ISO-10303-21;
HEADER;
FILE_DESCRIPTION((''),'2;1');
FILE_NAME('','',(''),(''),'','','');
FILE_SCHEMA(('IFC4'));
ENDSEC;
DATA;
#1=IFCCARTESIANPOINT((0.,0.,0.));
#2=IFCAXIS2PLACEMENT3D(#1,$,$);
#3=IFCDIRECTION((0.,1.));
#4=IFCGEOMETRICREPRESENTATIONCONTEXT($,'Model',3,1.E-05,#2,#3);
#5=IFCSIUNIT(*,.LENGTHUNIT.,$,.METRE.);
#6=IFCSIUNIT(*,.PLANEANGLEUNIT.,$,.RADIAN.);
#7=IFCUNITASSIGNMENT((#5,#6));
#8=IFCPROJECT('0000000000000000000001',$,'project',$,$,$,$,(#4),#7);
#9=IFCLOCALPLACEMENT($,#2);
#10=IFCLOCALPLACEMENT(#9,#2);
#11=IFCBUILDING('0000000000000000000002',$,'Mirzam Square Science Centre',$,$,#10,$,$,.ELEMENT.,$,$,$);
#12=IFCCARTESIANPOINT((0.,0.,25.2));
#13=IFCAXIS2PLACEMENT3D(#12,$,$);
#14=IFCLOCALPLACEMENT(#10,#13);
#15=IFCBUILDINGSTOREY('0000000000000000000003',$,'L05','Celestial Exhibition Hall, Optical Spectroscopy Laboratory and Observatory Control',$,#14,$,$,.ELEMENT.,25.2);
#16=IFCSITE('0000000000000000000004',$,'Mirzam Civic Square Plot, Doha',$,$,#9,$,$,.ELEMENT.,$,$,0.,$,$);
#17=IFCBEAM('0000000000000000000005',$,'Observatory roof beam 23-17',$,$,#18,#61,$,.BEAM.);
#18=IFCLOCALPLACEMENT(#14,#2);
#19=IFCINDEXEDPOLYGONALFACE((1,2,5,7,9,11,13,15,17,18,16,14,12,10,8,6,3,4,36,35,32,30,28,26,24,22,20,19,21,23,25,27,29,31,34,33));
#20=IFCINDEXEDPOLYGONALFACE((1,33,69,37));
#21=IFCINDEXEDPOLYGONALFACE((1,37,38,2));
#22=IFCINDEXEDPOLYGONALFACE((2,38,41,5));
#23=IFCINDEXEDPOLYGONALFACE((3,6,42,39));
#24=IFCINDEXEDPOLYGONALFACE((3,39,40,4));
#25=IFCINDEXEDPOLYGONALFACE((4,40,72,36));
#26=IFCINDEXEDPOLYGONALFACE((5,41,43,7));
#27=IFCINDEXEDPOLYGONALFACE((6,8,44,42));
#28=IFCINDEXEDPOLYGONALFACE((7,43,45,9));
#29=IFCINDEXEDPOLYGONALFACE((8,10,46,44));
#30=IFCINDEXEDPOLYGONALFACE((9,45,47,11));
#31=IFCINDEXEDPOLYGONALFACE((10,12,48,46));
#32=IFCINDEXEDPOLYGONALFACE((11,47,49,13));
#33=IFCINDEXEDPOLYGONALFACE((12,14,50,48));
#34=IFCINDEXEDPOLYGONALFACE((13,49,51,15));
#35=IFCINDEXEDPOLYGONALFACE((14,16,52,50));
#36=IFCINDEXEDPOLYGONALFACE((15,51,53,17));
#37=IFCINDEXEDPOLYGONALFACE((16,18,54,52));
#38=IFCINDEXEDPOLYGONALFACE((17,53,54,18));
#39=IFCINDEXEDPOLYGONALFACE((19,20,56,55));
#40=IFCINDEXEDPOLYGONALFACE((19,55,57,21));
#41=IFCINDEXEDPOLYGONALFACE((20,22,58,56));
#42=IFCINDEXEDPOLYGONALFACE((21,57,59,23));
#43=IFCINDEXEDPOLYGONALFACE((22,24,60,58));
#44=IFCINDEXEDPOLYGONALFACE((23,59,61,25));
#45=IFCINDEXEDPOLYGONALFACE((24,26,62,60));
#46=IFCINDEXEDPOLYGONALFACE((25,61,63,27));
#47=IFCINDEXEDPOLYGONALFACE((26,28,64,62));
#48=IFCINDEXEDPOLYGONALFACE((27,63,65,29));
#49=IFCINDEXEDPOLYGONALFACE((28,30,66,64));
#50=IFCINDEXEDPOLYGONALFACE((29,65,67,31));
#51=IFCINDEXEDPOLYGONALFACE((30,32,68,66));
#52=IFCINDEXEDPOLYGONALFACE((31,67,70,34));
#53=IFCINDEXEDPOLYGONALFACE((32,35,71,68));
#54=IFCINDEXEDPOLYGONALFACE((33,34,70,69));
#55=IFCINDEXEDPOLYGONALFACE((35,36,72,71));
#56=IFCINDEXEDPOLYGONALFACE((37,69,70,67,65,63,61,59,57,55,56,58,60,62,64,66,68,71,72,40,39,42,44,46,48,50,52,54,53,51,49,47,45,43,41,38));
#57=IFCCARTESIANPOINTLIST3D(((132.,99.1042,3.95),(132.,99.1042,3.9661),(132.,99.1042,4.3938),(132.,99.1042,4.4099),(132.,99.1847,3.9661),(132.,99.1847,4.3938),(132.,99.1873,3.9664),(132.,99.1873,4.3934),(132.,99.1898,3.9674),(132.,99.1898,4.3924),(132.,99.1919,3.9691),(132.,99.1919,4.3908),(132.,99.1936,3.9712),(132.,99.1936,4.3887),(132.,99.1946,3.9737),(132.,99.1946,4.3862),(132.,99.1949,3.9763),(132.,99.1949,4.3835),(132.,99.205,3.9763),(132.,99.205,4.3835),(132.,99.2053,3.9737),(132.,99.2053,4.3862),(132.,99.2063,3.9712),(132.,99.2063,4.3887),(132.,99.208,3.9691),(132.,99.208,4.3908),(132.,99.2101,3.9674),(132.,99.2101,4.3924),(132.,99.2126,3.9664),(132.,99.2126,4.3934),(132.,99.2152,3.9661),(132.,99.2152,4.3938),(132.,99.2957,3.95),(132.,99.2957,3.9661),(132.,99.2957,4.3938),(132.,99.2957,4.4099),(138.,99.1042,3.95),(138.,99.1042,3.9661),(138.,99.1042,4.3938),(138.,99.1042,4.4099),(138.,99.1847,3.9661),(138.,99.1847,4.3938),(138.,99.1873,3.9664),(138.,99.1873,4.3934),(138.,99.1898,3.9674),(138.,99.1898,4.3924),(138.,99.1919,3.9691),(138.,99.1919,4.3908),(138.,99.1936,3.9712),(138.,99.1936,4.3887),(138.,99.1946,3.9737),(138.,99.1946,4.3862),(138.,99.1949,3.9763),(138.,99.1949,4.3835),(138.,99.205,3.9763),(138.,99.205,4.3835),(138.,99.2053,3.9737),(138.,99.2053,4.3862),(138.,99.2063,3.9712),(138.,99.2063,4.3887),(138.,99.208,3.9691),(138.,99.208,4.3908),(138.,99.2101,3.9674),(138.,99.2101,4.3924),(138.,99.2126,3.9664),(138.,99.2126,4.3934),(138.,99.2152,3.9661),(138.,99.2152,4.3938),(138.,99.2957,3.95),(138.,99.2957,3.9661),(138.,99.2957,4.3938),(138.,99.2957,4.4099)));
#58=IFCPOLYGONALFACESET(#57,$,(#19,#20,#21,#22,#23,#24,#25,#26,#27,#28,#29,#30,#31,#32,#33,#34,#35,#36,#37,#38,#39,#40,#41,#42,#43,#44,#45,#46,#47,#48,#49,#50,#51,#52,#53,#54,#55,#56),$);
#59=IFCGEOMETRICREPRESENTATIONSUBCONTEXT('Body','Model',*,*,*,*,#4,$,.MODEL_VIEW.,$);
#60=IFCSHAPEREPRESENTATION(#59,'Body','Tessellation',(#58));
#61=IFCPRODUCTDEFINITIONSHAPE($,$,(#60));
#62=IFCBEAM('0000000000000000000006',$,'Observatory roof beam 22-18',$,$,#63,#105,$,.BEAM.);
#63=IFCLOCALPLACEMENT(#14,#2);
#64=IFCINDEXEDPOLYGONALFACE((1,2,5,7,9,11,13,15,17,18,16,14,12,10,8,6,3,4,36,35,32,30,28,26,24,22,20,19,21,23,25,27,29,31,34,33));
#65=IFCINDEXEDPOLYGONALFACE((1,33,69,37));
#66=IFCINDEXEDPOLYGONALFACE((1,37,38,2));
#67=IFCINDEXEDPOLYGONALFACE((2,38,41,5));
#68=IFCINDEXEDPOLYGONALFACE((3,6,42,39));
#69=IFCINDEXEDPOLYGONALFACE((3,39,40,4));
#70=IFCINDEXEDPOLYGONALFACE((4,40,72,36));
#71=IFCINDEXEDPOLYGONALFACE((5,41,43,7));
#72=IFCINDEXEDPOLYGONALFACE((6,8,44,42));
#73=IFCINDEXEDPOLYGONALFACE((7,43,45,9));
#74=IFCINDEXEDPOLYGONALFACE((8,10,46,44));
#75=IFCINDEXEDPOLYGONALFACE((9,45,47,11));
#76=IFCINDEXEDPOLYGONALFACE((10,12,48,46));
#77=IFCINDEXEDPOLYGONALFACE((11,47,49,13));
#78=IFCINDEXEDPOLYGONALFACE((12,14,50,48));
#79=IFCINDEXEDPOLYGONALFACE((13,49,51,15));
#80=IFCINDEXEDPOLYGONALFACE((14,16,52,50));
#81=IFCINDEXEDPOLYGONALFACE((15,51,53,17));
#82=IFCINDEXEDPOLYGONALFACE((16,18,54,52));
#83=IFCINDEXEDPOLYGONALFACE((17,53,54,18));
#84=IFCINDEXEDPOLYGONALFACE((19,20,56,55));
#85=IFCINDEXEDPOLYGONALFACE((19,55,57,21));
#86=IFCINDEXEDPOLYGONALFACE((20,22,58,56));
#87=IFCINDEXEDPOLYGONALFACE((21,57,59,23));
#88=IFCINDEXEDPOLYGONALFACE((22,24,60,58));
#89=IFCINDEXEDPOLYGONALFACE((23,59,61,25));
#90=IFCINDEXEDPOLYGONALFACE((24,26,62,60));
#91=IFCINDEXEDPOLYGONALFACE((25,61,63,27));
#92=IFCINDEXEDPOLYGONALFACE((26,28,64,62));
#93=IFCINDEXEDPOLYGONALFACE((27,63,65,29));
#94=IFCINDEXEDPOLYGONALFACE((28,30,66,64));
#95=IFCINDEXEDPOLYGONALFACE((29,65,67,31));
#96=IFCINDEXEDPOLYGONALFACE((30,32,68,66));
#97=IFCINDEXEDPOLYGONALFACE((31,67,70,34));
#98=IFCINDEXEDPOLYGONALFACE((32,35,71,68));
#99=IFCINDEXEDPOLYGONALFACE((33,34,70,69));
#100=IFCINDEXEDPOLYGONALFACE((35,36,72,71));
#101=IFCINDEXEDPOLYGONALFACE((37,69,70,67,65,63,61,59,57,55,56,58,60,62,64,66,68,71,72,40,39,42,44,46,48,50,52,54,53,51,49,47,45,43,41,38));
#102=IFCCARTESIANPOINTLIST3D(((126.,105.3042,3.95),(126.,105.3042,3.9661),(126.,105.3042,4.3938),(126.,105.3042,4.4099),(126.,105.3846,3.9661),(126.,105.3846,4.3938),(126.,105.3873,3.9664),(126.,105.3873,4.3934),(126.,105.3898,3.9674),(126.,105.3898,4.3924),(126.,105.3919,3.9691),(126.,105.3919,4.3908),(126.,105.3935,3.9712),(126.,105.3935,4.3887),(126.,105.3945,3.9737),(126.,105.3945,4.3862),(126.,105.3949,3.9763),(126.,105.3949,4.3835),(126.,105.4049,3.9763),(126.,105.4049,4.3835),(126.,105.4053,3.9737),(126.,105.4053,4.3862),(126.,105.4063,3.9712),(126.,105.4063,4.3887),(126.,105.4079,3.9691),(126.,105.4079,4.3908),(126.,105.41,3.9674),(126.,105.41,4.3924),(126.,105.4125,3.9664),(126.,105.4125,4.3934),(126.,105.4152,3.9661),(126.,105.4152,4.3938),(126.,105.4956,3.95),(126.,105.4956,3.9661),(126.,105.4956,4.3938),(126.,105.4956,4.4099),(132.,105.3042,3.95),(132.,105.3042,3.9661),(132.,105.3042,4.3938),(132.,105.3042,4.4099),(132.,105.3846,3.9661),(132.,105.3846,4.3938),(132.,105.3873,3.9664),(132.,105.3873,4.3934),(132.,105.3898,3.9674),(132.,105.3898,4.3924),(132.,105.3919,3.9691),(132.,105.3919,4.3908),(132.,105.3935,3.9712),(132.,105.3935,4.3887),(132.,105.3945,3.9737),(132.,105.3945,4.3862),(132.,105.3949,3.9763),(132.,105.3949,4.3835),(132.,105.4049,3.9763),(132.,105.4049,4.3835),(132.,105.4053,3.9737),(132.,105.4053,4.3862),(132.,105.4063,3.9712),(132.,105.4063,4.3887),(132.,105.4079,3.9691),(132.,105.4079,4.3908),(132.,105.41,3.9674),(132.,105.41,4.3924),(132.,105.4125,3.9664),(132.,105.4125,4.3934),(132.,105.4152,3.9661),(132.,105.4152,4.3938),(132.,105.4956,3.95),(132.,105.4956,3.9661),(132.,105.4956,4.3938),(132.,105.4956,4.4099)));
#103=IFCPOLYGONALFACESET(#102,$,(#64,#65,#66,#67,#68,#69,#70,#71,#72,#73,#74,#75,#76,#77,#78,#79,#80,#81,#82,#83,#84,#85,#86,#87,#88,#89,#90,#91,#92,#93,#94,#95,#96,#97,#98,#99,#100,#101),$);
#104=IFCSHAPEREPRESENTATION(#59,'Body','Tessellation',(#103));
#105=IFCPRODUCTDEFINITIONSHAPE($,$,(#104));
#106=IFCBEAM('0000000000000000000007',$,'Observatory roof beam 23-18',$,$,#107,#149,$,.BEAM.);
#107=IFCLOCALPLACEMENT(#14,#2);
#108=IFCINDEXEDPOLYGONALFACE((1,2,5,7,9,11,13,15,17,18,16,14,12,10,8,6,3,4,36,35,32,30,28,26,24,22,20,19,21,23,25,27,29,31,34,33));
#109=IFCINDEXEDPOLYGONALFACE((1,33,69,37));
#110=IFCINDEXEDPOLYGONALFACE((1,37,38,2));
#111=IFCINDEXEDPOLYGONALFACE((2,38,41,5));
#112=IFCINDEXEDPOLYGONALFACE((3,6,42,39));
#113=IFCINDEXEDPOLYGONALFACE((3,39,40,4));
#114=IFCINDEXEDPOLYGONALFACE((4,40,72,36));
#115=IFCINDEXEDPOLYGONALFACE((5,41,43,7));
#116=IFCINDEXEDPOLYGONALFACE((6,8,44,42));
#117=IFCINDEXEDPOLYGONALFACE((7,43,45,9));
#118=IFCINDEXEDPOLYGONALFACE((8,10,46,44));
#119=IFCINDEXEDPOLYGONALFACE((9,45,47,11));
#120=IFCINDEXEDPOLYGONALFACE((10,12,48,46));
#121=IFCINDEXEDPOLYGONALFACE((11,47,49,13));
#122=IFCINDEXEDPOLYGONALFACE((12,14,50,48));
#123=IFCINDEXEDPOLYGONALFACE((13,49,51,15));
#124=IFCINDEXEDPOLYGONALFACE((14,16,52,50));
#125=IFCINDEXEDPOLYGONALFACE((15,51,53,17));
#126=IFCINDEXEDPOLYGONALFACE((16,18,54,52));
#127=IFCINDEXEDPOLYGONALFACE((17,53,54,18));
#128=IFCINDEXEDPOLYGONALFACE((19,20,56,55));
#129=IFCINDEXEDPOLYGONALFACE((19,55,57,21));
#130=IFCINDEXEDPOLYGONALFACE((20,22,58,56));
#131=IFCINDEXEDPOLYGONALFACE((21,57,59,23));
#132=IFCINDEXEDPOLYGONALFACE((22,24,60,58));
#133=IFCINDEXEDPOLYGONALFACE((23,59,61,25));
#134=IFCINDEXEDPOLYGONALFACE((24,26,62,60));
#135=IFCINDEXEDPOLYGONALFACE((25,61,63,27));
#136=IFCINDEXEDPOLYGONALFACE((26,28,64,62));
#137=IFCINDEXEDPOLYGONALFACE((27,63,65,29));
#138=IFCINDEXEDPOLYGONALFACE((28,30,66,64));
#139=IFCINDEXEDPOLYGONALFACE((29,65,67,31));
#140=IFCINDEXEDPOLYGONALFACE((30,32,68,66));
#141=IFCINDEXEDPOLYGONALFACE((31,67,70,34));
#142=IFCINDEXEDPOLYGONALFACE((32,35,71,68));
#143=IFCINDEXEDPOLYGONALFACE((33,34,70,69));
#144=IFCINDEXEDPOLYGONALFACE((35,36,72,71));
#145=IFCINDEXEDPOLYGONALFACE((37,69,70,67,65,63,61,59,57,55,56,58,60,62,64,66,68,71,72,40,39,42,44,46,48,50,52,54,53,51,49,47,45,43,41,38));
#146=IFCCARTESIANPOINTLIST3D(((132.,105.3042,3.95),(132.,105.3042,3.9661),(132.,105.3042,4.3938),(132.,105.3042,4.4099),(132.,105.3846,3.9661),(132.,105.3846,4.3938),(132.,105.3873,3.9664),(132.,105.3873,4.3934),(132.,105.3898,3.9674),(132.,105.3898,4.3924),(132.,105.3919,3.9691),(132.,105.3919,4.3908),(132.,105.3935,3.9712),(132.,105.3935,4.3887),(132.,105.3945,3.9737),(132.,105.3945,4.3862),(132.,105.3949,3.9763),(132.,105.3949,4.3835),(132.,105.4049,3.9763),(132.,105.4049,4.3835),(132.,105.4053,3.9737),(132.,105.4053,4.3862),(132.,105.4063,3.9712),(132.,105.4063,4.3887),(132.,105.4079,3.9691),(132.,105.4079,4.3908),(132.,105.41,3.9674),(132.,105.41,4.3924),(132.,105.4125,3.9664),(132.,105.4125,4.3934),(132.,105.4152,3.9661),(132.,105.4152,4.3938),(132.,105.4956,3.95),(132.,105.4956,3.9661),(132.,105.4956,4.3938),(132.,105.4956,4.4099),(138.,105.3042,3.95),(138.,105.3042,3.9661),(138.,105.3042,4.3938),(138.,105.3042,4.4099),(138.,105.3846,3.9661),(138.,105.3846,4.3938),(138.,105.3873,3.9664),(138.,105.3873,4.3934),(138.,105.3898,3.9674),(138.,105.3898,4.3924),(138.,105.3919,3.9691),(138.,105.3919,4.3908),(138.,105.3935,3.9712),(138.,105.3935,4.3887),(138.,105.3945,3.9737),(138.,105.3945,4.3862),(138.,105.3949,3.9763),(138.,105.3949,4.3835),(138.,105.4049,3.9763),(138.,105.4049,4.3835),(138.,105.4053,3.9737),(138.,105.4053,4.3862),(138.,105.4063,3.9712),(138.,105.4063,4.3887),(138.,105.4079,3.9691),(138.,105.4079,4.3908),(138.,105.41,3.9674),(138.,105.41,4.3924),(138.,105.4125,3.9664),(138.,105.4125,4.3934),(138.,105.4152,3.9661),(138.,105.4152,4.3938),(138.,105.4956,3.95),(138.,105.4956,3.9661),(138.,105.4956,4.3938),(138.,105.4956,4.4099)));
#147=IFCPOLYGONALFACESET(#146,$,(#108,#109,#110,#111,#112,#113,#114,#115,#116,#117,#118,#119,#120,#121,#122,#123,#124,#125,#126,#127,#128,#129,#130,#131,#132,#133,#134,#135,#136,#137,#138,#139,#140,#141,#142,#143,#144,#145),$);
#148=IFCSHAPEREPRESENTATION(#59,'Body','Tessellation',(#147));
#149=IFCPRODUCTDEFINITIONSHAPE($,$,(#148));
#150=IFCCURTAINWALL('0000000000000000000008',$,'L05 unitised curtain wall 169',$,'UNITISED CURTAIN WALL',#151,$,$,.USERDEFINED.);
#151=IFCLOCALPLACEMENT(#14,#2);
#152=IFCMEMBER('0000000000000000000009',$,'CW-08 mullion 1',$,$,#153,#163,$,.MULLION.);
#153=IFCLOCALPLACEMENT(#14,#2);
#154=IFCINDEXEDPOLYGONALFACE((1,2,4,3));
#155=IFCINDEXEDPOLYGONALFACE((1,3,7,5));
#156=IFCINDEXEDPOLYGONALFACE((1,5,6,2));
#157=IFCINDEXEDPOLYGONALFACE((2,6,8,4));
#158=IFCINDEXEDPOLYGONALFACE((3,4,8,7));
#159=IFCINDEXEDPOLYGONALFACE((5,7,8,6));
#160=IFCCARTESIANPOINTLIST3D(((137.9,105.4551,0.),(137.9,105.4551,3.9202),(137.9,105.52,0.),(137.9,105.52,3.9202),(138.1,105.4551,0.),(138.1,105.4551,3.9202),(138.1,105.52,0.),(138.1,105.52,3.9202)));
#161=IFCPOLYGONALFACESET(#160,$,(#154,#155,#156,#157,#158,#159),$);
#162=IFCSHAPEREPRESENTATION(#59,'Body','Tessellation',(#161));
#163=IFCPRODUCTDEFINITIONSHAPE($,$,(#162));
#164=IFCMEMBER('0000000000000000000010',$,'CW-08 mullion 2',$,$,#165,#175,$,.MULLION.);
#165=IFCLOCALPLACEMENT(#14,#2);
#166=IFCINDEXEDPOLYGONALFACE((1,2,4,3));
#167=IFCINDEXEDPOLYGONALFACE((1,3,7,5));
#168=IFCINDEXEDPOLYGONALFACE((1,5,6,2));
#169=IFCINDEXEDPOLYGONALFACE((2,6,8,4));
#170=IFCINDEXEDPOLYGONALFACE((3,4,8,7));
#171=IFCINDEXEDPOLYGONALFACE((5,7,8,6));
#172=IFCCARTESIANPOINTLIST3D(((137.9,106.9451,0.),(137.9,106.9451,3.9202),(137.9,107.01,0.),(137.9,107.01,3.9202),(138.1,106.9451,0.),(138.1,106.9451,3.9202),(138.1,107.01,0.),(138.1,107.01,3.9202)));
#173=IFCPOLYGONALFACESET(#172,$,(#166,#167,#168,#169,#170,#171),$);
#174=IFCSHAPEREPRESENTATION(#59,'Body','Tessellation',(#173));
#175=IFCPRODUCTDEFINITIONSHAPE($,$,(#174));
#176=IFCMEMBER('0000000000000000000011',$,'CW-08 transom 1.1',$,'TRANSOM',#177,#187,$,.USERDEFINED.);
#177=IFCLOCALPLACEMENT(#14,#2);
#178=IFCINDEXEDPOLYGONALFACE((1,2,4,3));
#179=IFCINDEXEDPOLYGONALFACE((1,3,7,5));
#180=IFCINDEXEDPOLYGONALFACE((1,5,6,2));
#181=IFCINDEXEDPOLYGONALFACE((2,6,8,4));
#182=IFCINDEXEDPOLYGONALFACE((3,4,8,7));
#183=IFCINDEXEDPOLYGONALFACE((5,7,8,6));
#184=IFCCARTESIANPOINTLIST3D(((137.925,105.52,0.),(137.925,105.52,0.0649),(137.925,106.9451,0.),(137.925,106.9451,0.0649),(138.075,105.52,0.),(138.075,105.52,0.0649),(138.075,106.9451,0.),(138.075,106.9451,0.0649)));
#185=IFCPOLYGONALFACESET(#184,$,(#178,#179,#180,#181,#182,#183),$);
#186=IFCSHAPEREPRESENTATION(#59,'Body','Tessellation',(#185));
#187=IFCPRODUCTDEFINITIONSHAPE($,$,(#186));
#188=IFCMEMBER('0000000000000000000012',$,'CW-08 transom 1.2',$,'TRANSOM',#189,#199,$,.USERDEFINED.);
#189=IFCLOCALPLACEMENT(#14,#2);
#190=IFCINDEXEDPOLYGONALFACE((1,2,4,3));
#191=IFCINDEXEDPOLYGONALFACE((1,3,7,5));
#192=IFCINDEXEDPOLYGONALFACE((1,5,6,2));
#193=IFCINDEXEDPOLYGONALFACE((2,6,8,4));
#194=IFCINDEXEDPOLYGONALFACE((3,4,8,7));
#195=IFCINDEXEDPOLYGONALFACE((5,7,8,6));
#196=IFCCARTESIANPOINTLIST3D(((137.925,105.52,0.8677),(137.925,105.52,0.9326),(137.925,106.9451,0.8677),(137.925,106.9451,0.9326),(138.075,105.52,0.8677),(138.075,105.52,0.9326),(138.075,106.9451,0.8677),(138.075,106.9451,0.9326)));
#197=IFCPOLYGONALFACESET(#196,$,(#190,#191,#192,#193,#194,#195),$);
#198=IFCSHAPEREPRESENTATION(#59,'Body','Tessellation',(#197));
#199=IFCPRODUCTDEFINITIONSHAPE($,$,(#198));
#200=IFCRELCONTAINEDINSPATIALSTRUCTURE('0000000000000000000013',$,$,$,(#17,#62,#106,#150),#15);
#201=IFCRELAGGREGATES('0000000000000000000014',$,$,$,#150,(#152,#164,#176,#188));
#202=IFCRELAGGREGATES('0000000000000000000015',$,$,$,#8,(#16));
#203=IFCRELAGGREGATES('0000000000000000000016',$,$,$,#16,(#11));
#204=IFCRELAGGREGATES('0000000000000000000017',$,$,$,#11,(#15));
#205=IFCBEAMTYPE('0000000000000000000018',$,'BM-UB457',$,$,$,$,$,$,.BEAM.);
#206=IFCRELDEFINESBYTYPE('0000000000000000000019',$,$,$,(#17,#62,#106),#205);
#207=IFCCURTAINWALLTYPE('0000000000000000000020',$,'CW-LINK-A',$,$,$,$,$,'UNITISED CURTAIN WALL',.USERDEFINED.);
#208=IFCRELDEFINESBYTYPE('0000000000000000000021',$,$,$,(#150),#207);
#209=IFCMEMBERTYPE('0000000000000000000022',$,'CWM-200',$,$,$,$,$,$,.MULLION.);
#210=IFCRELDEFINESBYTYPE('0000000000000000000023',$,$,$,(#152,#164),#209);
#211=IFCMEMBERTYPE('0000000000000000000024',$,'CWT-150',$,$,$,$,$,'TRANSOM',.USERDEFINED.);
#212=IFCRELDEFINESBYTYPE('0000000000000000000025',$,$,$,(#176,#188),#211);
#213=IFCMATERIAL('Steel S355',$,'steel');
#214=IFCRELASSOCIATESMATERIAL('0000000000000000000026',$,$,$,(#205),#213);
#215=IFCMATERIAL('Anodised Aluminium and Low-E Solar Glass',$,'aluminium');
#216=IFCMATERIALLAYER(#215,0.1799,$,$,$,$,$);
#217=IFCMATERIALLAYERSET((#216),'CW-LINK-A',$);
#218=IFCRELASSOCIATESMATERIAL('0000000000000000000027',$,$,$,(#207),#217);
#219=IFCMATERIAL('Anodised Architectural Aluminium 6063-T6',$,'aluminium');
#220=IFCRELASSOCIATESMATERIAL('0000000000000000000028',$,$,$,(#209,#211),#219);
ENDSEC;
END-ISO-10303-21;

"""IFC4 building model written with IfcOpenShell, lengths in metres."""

from ifc_helpers import new_model, si_unit, direction, frame, origin, origin_2d, place, context, subcontext, project, spatial, rectangle, i_section, extrude, material, layer, layer_set, material_profile, profile_set, type_object, element, aggregate, save


model = new_model("IFC4")

# Units and contexts
model_context = context("Model", 3, precision=1e-05, world=origin(), true_north=direction((0.0, 1.0)))
body_context = subcontext(model_context, "Body", "Model", "MODEL_VIEW")
ifc_project = project(units=[si_unit("LENGTHUNIT", "METRE"), si_unit("PLANEANGLEUNIT", "RADIAN")], contexts=[model_context])

# Site, building, storey
site_placement = place(None, origin())
site = spatial("IfcSite", under=ifc_project, at=site_placement, Name="Mirzam Civic Square Plot, Doha", CompositionType="ELEMENT", RefElevation=0.0)
building_placement = place(site_placement, origin())
building = spatial("IfcBuilding", under=site, at=building_placement, Name="Mirzam Square Science Centre", CompositionType="ELEMENT")
storey_placement = place(building_placement, frame((0.0, 0.0, 25.2)))
storey = spatial("IfcBuildingStorey", under=building, at=storey_placement, Name="L05", Description="Celestial Exhibition Hall, Optical Spectroscopy Laboratory and Observatory Control", CompositionType="ELEMENT", Elevation=25.2)

# Shared definitions
ifc_material_1 = material(Name="Steel S355", Category="steel")

# Beams
ifc_material_profile_1 = material_profile(ifc_material_1, i_section(OverallWidth=0.1914, OverallDepth=0.46, WebThickness=0.01, FlangeThickness=0.0161, FilletRadius=0.0103, at=origin_2d()), Name="457x191x82UB")
ifc_profile_set_1 = profile_set([ifc_material_profile_1], Name="Steel S355")
beam_type_1 = type_object("IfcBeamType", Name="BM-UB457", PredefinedType="BEAM", material=ifc_profile_set_1)
for number, where, z_axis, x_axis, name in (
    (1, (132.0, 99.2, 4.1799), (1.0, 0.0, 0.0), (0.0, 1.0, 0.0), "Observatory roof beam 23-17"),
    (2, (126.0, 105.3999, 4.1799), (1.0, 0.0, 0.0), (0.0, 1.0, 0.0), "Observatory roof beam 22-18"),
    (3, (132.0, 105.3999, 4.1799), (1.0, 0.0, 0.0), (0.0, 1.0, 0.0), "Observatory roof beam 23-18"),
):
    element("IfcBeam", number, at=place(storey_placement, frame(where, z_axis=z_axis, x_axis=x_axis)), inside=storey, type_object=beam_type_1, Name=name, PredefinedType="BEAM", context=body_context, shape_type="SweptSolid", body=[
        extrude(i_section(OverallWidth=0.1914, OverallDepth=0.46, WebThickness=0.01, FlangeThickness=0.0161, FilletRadius=0.0103, at=origin_2d()), origin(), (0.0, 0.0, 1.0), 6.0),
    ])

# Curtain wall, members
ifc_material_2 = material(Name="Anodised Aluminium and Low-E Solar Glass", Category="aluminium")
ifc_layer_1 = layer(ifc_material_2, 0.1799)
ifc_layer_set_1 = layer_set([ifc_layer_1], Name="CW-LINK-A")
curtain_wall_type = type_object("IfcCurtainWallType", Name="CW-LINK-A", ElementType="UNITISED CURTAIN WALL", PredefinedType="USERDEFINED", material=ifc_layer_set_1)
curtain_wall_placement = place(storey_placement, origin())
curtain_wall = element("IfcCurtainWall", 4, at=curtain_wall_placement, inside=storey, type_object=curtain_wall_type, Name="L05 unitised curtain wall 169", ObjectType="UNITISED CURTAIN WALL", PredefinedType="USERDEFINED")
ifc_material_3 = material(Name="Anodised Architectural Aluminium 6063-T6", Category="aluminium")
ifc_material_profile_2 = material_profile(ifc_material_3, rectangle(XDim=0.0649, YDim=0.2, at=origin_2d()), Name="ALU-MULL-200x65x5")
ifc_profile_set_2 = profile_set([ifc_material_profile_2], Name="Anodised Architectural Aluminium 6063-T6")
member_type_1 = type_object("IfcMemberType", Name="CWM-200", PredefinedType="MULLION", material=ifc_profile_set_2)
member_1_placement = place(storey_placement, frame((138.0, 105.4875, 0.0), z_axis=(0.0, 0.0, 1.0), x_axis=(0.0, 1.0, 0.0)))
member_1 = element("IfcMember", 5, at=member_1_placement, type_object=member_type_1, Name="CW-08 mullion 1", PredefinedType="MULLION", context=body_context, shape_type="SweptSolid", body=[
    extrude(rectangle(XDim=0.0649, YDim=0.2, at=origin_2d()), origin(), (0.0, 0.0, 1.0), 3.9202),
])
member_2_placement = place(storey_placement, frame((138.0, 106.9775, 0.0), z_axis=(0.0, 0.0, 1.0), x_axis=(0.0, 1.0, 0.0)))
member_2 = element("IfcMember", 6, at=member_2_placement, type_object=member_type_1, Name="CW-08 mullion 2", PredefinedType="MULLION", context=body_context, shape_type="SweptSolid", body=[
    extrude(rectangle(XDim=0.0649, YDim=0.2, at=origin_2d()), origin(), (0.0, 0.0, 1.0), 3.9202),
])
ifc_material_profile_3 = material_profile(ifc_material_3, rectangle(XDim=0.1499, YDim=0.0649, at=origin_2d()), Name="ALU-TRAN-150x65x4")
ifc_profile_set_3 = profile_set([ifc_material_profile_3], Name="Anodised Architectural Aluminium 6063-T6")
member_type_2 = type_object("IfcMemberType", Name="CWT-150", ElementType="TRANSOM", PredefinedType="USERDEFINED", material=ifc_profile_set_3)
member_3_placement = place(storey_placement, frame((138.0, 105.52, 0.0325), z_axis=(0.0, 1.0, 0.0), x_axis=(-1.0, 0.0, 0.0)))
member_3 = element("IfcMember", 7, at=member_3_placement, type_object=member_type_2, Name="CW-08 transom 1.1", ObjectType="TRANSOM", PredefinedType="USERDEFINED", context=body_context, shape_type="SweptSolid", body=[
    extrude(rectangle(XDim=0.1499, YDim=0.0649, at=origin_2d()), origin(), (0.0, 0.0, 1.0), 1.425),
])
member_4_placement = place(storey_placement, frame((138.0, 105.52, 0.9001), z_axis=(0.0, 1.0, 0.0), x_axis=(-1.0, 0.0, 0.0)))
member_4 = element("IfcMember", 8, at=member_4_placement, type_object=member_type_2, Name="CW-08 transom 1.2", ObjectType="TRANSOM", PredefinedType="USERDEFINED", context=body_context, shape_type="SweptSolid", body=[
    extrude(rectangle(XDim=0.1499, YDim=0.0649, at=origin_2d()), origin(), (0.0, 0.0, 1.0), 1.425),
])

aggregate(curtain_wall, [member_1, member_2, member_3, member_4])

save(model, "model.ifc")
